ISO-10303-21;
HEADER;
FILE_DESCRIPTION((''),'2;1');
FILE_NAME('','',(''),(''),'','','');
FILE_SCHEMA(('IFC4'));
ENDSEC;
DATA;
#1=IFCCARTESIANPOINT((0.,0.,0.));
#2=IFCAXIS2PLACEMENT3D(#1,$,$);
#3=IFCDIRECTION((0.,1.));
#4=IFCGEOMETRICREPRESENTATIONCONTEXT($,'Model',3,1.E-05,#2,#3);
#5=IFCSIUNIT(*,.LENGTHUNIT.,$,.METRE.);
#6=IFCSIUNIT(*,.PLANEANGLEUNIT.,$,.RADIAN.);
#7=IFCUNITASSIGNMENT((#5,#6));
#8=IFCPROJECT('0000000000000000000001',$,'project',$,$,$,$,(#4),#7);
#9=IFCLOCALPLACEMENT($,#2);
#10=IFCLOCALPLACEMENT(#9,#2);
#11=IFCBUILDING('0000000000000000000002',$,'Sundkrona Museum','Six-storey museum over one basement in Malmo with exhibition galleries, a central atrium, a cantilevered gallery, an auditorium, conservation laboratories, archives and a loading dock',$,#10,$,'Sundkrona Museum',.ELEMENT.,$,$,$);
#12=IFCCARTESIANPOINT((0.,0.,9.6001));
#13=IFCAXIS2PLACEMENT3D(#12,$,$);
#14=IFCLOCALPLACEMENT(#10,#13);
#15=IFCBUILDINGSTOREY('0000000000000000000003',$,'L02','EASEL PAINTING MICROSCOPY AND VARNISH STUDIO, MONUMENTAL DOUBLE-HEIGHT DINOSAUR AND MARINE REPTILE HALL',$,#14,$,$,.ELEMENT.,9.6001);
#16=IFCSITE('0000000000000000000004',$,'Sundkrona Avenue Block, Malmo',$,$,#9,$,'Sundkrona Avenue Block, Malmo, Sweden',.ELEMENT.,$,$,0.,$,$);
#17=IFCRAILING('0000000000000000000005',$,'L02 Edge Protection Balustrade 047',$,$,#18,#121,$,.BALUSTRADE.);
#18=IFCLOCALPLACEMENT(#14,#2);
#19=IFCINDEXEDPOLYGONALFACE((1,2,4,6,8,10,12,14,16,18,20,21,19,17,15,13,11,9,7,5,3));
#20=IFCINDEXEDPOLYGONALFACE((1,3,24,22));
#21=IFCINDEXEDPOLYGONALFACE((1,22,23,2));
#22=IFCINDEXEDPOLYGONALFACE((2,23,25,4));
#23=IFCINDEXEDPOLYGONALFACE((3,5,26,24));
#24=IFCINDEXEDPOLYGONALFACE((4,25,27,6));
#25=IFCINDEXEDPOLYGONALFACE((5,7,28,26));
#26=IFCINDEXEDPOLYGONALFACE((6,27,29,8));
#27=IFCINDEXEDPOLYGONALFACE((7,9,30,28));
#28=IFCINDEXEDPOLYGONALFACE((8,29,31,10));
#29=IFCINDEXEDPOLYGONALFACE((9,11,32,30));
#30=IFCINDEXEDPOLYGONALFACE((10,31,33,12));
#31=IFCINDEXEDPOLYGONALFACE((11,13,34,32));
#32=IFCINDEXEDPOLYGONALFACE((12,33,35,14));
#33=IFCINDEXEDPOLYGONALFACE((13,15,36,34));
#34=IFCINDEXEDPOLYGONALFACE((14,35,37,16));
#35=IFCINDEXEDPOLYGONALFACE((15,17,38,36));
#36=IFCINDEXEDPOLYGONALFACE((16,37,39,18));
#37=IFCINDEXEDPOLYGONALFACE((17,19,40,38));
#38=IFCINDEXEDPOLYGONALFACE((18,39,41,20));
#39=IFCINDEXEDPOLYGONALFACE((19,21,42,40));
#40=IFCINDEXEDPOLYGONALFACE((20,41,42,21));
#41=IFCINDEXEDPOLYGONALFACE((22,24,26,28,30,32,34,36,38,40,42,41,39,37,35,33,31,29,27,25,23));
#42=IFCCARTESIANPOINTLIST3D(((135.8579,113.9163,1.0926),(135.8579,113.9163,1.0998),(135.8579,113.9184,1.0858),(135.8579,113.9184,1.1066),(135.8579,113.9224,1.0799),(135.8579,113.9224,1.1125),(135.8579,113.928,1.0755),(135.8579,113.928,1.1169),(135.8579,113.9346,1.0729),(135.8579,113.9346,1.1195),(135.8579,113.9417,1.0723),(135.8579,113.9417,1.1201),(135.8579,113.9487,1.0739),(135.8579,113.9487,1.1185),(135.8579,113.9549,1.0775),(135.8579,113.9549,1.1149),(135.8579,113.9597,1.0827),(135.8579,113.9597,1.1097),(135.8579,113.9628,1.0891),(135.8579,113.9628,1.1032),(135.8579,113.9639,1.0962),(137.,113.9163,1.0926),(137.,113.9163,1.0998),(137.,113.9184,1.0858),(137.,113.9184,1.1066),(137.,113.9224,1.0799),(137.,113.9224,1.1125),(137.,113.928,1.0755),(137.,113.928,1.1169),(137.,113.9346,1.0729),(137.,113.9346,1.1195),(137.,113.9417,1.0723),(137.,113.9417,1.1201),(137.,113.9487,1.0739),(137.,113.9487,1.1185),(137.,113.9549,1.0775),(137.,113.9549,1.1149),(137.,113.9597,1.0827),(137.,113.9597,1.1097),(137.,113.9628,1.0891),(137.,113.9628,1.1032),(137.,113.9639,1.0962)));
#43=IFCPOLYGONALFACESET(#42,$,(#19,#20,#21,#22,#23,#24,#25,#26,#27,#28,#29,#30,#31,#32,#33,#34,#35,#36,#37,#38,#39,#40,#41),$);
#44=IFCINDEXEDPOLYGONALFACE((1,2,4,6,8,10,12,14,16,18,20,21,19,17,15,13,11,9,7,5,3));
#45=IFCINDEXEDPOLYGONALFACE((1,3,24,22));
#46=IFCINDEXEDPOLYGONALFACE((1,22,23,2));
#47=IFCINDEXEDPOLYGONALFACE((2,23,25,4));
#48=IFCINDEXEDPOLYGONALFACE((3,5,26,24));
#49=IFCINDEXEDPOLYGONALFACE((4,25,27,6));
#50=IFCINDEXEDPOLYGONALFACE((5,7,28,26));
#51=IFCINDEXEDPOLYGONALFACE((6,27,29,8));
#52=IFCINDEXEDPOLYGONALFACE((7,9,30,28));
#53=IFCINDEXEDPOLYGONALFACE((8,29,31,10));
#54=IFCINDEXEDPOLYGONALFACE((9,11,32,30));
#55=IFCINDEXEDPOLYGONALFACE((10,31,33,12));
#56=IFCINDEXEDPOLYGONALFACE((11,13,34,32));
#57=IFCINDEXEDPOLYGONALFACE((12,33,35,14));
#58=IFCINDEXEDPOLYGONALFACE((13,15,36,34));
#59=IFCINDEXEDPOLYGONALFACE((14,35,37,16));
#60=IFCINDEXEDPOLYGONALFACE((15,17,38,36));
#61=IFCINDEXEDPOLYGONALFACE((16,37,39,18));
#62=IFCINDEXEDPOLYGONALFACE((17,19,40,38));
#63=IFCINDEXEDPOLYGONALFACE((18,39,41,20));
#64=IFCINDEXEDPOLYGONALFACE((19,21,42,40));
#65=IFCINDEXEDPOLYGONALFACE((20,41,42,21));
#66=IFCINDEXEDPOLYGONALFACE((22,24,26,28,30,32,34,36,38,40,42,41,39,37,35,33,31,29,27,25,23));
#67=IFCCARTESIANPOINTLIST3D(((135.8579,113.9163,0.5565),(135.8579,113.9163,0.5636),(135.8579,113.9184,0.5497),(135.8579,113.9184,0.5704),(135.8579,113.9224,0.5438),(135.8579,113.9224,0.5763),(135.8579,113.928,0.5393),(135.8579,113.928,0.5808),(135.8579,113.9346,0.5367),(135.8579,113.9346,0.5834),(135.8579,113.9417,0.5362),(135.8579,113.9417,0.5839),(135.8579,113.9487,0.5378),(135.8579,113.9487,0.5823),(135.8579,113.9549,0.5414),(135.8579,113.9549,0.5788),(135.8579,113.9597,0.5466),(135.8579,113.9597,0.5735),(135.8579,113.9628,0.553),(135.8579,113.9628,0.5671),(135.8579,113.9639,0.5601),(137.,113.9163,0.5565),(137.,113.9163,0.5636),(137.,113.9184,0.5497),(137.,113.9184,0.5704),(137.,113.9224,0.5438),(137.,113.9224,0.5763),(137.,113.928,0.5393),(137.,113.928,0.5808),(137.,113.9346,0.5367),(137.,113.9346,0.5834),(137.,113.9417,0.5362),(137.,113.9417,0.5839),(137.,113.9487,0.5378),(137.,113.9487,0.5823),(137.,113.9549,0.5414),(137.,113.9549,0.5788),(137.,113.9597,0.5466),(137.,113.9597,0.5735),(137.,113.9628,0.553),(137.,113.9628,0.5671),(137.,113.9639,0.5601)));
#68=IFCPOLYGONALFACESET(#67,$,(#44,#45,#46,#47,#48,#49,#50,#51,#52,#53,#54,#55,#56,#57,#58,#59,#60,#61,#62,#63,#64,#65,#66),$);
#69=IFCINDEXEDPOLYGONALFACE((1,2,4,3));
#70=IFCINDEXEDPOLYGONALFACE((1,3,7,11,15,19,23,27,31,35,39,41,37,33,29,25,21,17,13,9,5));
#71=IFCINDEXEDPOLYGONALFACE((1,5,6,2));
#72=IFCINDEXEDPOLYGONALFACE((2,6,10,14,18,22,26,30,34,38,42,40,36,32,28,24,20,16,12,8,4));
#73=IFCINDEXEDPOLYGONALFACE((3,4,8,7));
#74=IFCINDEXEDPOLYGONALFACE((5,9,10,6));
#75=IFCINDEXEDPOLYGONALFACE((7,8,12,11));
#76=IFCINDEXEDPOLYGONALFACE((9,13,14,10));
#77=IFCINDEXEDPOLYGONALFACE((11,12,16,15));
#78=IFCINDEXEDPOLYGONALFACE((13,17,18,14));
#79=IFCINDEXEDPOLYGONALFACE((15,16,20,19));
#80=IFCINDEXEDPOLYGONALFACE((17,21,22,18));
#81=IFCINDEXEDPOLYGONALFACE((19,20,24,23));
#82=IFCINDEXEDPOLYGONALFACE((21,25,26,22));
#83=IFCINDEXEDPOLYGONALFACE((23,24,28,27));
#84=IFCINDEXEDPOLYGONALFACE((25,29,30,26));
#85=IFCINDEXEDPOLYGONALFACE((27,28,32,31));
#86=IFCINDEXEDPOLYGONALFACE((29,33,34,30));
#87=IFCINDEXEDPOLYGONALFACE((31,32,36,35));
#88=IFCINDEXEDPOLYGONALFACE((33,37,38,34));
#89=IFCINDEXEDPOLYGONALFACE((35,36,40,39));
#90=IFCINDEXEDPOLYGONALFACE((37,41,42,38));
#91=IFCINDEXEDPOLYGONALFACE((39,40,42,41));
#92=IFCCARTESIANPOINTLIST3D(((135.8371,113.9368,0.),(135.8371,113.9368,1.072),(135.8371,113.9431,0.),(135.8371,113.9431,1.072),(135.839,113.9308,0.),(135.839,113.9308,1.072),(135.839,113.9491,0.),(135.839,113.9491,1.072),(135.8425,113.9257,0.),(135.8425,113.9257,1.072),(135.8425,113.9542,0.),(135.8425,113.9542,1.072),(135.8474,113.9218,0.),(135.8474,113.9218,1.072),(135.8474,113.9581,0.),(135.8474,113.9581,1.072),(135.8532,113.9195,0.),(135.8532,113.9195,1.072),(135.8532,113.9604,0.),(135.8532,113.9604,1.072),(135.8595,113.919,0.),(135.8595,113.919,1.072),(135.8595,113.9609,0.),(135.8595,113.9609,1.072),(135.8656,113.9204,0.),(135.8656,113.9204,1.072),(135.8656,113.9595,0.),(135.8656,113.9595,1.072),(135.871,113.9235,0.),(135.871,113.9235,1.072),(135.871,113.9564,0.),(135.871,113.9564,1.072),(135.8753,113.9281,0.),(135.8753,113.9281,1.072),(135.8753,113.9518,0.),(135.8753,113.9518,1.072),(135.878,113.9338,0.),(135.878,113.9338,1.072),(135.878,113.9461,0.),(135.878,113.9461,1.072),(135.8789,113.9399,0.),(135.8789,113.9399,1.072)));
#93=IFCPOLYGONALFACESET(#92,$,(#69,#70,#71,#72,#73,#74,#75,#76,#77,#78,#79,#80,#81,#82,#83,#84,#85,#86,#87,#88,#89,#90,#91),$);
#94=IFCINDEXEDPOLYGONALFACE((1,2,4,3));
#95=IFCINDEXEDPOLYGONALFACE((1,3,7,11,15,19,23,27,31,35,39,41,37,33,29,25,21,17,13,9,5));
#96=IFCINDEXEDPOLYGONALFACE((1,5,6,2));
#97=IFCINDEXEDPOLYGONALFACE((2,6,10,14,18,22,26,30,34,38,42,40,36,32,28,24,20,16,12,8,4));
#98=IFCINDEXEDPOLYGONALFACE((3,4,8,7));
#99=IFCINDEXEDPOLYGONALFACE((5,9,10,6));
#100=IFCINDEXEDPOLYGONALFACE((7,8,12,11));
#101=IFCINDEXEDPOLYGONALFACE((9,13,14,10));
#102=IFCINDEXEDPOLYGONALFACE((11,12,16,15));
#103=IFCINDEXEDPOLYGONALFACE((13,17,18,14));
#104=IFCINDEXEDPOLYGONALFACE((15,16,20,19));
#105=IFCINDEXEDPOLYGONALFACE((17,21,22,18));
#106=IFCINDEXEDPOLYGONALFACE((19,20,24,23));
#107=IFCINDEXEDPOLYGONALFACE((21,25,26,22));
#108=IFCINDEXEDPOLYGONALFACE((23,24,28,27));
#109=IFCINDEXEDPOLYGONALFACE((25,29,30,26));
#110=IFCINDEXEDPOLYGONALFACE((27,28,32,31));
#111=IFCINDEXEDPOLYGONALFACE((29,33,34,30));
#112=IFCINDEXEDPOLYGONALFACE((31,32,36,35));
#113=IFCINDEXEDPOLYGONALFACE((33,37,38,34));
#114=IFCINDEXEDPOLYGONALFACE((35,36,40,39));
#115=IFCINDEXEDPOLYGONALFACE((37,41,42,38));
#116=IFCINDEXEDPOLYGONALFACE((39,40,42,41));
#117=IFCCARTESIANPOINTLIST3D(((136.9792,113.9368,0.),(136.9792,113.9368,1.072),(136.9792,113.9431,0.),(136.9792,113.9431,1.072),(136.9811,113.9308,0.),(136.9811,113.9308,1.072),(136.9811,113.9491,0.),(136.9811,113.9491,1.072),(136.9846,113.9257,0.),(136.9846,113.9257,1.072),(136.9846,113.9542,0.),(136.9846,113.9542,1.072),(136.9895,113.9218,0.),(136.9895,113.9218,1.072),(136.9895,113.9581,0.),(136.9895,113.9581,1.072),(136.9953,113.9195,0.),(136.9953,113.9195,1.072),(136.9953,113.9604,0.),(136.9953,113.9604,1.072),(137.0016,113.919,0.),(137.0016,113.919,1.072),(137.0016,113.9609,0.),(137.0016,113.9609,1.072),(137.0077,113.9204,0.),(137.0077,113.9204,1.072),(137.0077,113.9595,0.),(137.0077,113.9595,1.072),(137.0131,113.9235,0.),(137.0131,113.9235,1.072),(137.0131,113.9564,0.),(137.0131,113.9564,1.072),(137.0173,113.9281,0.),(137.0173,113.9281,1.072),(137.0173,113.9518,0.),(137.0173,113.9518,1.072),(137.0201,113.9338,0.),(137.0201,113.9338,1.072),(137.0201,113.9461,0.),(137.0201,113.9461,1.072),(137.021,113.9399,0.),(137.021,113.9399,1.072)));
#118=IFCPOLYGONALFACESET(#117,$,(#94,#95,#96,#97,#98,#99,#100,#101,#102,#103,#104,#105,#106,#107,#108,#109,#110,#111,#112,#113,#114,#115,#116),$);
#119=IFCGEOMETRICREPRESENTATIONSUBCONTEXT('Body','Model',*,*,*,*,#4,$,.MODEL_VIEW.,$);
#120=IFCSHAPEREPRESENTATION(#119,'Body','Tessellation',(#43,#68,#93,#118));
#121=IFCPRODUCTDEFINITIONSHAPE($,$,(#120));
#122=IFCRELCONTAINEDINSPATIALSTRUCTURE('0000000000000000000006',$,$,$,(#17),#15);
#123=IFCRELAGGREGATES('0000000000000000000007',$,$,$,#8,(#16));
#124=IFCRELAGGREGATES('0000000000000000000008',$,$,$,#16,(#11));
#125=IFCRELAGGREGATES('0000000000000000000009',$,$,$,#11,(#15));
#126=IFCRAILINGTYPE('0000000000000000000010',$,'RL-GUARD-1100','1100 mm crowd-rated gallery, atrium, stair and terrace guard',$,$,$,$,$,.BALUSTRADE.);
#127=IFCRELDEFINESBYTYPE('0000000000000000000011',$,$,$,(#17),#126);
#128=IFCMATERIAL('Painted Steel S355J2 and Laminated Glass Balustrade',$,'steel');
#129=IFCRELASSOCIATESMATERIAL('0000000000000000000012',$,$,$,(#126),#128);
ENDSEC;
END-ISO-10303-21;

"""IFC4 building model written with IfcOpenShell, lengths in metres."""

from ifc_helpers import new_model, si_unit, direction, frame, origin, origin_2d, place, context, subcontext, project, spatial, circle, extrude, material, type_object, element, save


model = new_model("IFC4")

# Units and contexts
model_context = context("Model", 3, precision=1e-05, world=origin(), true_north=direction((0.0, 1.0)))
body_context = subcontext(model_context, "Body", "Model", "MODEL_VIEW")
ifc_project = project(units=[si_unit("LENGTHUNIT", "METRE"), si_unit("PLANEANGLEUNIT", "RADIAN")], contexts=[model_context])

# Site, building, storey
site_placement = place(None, origin())
site = spatial("IfcSite", under=ifc_project, at=site_placement, Name="Sundkrona Avenue Block, Malmo", LongName="Sundkrona Avenue Block, Malmo, Sweden", CompositionType="ELEMENT", RefElevation=0.0)
building_placement = place(site_placement, origin())
building = spatial("IfcBuilding", under=site, at=building_placement, Name="Sundkrona Museum", Description="Six-storey museum over one basement in Malmo with exhibition galleries, a central atrium, a cantilevered gallery, an auditorium, conservation laboratories, archives and a loading dock", LongName="Sundkrona Museum", CompositionType="ELEMENT")
storey_placement = place(building_placement, frame((0.0, 0.0, 9.6001)))
storey = spatial("IfcBuildingStorey", under=building, at=storey_placement, Name="L02", Description="EASEL PAINTING MICROSCOPY AND VARNISH STUDIO, MONUMENTAL DOUBLE-HEIGHT DINOSAUR AND MARINE REPTILE HALL", CompositionType="ELEMENT", Elevation=9.6001)

# Railing
ifc_material_1 = material(Name="Painted Steel S355J2 and Laminated Glass Balustrade", Category="steel")
railing_type = type_object("IfcRailingType", Name="RL-GUARD-1100", Description="1100 mm crowd-rated gallery, atrium, stair and terrace guard", PredefinedType="BALUSTRADE", material=ifc_material_1)
railing_1_placement = place(storey_placement, frame((135.8579, 113.9399, 0.0)))
element("IfcRailing", 1, at=railing_1_placement, inside=storey, type_object=railing_type, Name="L02 Edge Protection Balustrade 047", PredefinedType="BALUSTRADE", context=body_context, shape_type="SweptSolid", body=[
    extrude(circle(Radius=0.0239, at=origin_2d()), frame((0.0, 0.0, 1.0962), z_axis=(1.0, 0.0, 0.0), x_axis=(0.0, 1.0, 0.0)), (0.0, 0.0, 1.0), 1.1421),
    extrude(circle(Radius=0.0239, at=origin_2d()), frame((0.0, 0.0, 0.5601), z_axis=(1.0, 0.0, 0.0), x_axis=(0.0, 1.0, 0.0)), (0.0, 0.0, 1.0), 1.1421),
    extrude(circle(Radius=0.021, at=origin_2d()), origin(), (0.0, 0.0, 1.0), 1.072),
    extrude(circle(Radius=0.021, at=origin_2d()), frame((1.1421, 0.0, 0.0)), (0.0, 0.0, 1.0), 1.072),
])

save(model, "model.ifc")
